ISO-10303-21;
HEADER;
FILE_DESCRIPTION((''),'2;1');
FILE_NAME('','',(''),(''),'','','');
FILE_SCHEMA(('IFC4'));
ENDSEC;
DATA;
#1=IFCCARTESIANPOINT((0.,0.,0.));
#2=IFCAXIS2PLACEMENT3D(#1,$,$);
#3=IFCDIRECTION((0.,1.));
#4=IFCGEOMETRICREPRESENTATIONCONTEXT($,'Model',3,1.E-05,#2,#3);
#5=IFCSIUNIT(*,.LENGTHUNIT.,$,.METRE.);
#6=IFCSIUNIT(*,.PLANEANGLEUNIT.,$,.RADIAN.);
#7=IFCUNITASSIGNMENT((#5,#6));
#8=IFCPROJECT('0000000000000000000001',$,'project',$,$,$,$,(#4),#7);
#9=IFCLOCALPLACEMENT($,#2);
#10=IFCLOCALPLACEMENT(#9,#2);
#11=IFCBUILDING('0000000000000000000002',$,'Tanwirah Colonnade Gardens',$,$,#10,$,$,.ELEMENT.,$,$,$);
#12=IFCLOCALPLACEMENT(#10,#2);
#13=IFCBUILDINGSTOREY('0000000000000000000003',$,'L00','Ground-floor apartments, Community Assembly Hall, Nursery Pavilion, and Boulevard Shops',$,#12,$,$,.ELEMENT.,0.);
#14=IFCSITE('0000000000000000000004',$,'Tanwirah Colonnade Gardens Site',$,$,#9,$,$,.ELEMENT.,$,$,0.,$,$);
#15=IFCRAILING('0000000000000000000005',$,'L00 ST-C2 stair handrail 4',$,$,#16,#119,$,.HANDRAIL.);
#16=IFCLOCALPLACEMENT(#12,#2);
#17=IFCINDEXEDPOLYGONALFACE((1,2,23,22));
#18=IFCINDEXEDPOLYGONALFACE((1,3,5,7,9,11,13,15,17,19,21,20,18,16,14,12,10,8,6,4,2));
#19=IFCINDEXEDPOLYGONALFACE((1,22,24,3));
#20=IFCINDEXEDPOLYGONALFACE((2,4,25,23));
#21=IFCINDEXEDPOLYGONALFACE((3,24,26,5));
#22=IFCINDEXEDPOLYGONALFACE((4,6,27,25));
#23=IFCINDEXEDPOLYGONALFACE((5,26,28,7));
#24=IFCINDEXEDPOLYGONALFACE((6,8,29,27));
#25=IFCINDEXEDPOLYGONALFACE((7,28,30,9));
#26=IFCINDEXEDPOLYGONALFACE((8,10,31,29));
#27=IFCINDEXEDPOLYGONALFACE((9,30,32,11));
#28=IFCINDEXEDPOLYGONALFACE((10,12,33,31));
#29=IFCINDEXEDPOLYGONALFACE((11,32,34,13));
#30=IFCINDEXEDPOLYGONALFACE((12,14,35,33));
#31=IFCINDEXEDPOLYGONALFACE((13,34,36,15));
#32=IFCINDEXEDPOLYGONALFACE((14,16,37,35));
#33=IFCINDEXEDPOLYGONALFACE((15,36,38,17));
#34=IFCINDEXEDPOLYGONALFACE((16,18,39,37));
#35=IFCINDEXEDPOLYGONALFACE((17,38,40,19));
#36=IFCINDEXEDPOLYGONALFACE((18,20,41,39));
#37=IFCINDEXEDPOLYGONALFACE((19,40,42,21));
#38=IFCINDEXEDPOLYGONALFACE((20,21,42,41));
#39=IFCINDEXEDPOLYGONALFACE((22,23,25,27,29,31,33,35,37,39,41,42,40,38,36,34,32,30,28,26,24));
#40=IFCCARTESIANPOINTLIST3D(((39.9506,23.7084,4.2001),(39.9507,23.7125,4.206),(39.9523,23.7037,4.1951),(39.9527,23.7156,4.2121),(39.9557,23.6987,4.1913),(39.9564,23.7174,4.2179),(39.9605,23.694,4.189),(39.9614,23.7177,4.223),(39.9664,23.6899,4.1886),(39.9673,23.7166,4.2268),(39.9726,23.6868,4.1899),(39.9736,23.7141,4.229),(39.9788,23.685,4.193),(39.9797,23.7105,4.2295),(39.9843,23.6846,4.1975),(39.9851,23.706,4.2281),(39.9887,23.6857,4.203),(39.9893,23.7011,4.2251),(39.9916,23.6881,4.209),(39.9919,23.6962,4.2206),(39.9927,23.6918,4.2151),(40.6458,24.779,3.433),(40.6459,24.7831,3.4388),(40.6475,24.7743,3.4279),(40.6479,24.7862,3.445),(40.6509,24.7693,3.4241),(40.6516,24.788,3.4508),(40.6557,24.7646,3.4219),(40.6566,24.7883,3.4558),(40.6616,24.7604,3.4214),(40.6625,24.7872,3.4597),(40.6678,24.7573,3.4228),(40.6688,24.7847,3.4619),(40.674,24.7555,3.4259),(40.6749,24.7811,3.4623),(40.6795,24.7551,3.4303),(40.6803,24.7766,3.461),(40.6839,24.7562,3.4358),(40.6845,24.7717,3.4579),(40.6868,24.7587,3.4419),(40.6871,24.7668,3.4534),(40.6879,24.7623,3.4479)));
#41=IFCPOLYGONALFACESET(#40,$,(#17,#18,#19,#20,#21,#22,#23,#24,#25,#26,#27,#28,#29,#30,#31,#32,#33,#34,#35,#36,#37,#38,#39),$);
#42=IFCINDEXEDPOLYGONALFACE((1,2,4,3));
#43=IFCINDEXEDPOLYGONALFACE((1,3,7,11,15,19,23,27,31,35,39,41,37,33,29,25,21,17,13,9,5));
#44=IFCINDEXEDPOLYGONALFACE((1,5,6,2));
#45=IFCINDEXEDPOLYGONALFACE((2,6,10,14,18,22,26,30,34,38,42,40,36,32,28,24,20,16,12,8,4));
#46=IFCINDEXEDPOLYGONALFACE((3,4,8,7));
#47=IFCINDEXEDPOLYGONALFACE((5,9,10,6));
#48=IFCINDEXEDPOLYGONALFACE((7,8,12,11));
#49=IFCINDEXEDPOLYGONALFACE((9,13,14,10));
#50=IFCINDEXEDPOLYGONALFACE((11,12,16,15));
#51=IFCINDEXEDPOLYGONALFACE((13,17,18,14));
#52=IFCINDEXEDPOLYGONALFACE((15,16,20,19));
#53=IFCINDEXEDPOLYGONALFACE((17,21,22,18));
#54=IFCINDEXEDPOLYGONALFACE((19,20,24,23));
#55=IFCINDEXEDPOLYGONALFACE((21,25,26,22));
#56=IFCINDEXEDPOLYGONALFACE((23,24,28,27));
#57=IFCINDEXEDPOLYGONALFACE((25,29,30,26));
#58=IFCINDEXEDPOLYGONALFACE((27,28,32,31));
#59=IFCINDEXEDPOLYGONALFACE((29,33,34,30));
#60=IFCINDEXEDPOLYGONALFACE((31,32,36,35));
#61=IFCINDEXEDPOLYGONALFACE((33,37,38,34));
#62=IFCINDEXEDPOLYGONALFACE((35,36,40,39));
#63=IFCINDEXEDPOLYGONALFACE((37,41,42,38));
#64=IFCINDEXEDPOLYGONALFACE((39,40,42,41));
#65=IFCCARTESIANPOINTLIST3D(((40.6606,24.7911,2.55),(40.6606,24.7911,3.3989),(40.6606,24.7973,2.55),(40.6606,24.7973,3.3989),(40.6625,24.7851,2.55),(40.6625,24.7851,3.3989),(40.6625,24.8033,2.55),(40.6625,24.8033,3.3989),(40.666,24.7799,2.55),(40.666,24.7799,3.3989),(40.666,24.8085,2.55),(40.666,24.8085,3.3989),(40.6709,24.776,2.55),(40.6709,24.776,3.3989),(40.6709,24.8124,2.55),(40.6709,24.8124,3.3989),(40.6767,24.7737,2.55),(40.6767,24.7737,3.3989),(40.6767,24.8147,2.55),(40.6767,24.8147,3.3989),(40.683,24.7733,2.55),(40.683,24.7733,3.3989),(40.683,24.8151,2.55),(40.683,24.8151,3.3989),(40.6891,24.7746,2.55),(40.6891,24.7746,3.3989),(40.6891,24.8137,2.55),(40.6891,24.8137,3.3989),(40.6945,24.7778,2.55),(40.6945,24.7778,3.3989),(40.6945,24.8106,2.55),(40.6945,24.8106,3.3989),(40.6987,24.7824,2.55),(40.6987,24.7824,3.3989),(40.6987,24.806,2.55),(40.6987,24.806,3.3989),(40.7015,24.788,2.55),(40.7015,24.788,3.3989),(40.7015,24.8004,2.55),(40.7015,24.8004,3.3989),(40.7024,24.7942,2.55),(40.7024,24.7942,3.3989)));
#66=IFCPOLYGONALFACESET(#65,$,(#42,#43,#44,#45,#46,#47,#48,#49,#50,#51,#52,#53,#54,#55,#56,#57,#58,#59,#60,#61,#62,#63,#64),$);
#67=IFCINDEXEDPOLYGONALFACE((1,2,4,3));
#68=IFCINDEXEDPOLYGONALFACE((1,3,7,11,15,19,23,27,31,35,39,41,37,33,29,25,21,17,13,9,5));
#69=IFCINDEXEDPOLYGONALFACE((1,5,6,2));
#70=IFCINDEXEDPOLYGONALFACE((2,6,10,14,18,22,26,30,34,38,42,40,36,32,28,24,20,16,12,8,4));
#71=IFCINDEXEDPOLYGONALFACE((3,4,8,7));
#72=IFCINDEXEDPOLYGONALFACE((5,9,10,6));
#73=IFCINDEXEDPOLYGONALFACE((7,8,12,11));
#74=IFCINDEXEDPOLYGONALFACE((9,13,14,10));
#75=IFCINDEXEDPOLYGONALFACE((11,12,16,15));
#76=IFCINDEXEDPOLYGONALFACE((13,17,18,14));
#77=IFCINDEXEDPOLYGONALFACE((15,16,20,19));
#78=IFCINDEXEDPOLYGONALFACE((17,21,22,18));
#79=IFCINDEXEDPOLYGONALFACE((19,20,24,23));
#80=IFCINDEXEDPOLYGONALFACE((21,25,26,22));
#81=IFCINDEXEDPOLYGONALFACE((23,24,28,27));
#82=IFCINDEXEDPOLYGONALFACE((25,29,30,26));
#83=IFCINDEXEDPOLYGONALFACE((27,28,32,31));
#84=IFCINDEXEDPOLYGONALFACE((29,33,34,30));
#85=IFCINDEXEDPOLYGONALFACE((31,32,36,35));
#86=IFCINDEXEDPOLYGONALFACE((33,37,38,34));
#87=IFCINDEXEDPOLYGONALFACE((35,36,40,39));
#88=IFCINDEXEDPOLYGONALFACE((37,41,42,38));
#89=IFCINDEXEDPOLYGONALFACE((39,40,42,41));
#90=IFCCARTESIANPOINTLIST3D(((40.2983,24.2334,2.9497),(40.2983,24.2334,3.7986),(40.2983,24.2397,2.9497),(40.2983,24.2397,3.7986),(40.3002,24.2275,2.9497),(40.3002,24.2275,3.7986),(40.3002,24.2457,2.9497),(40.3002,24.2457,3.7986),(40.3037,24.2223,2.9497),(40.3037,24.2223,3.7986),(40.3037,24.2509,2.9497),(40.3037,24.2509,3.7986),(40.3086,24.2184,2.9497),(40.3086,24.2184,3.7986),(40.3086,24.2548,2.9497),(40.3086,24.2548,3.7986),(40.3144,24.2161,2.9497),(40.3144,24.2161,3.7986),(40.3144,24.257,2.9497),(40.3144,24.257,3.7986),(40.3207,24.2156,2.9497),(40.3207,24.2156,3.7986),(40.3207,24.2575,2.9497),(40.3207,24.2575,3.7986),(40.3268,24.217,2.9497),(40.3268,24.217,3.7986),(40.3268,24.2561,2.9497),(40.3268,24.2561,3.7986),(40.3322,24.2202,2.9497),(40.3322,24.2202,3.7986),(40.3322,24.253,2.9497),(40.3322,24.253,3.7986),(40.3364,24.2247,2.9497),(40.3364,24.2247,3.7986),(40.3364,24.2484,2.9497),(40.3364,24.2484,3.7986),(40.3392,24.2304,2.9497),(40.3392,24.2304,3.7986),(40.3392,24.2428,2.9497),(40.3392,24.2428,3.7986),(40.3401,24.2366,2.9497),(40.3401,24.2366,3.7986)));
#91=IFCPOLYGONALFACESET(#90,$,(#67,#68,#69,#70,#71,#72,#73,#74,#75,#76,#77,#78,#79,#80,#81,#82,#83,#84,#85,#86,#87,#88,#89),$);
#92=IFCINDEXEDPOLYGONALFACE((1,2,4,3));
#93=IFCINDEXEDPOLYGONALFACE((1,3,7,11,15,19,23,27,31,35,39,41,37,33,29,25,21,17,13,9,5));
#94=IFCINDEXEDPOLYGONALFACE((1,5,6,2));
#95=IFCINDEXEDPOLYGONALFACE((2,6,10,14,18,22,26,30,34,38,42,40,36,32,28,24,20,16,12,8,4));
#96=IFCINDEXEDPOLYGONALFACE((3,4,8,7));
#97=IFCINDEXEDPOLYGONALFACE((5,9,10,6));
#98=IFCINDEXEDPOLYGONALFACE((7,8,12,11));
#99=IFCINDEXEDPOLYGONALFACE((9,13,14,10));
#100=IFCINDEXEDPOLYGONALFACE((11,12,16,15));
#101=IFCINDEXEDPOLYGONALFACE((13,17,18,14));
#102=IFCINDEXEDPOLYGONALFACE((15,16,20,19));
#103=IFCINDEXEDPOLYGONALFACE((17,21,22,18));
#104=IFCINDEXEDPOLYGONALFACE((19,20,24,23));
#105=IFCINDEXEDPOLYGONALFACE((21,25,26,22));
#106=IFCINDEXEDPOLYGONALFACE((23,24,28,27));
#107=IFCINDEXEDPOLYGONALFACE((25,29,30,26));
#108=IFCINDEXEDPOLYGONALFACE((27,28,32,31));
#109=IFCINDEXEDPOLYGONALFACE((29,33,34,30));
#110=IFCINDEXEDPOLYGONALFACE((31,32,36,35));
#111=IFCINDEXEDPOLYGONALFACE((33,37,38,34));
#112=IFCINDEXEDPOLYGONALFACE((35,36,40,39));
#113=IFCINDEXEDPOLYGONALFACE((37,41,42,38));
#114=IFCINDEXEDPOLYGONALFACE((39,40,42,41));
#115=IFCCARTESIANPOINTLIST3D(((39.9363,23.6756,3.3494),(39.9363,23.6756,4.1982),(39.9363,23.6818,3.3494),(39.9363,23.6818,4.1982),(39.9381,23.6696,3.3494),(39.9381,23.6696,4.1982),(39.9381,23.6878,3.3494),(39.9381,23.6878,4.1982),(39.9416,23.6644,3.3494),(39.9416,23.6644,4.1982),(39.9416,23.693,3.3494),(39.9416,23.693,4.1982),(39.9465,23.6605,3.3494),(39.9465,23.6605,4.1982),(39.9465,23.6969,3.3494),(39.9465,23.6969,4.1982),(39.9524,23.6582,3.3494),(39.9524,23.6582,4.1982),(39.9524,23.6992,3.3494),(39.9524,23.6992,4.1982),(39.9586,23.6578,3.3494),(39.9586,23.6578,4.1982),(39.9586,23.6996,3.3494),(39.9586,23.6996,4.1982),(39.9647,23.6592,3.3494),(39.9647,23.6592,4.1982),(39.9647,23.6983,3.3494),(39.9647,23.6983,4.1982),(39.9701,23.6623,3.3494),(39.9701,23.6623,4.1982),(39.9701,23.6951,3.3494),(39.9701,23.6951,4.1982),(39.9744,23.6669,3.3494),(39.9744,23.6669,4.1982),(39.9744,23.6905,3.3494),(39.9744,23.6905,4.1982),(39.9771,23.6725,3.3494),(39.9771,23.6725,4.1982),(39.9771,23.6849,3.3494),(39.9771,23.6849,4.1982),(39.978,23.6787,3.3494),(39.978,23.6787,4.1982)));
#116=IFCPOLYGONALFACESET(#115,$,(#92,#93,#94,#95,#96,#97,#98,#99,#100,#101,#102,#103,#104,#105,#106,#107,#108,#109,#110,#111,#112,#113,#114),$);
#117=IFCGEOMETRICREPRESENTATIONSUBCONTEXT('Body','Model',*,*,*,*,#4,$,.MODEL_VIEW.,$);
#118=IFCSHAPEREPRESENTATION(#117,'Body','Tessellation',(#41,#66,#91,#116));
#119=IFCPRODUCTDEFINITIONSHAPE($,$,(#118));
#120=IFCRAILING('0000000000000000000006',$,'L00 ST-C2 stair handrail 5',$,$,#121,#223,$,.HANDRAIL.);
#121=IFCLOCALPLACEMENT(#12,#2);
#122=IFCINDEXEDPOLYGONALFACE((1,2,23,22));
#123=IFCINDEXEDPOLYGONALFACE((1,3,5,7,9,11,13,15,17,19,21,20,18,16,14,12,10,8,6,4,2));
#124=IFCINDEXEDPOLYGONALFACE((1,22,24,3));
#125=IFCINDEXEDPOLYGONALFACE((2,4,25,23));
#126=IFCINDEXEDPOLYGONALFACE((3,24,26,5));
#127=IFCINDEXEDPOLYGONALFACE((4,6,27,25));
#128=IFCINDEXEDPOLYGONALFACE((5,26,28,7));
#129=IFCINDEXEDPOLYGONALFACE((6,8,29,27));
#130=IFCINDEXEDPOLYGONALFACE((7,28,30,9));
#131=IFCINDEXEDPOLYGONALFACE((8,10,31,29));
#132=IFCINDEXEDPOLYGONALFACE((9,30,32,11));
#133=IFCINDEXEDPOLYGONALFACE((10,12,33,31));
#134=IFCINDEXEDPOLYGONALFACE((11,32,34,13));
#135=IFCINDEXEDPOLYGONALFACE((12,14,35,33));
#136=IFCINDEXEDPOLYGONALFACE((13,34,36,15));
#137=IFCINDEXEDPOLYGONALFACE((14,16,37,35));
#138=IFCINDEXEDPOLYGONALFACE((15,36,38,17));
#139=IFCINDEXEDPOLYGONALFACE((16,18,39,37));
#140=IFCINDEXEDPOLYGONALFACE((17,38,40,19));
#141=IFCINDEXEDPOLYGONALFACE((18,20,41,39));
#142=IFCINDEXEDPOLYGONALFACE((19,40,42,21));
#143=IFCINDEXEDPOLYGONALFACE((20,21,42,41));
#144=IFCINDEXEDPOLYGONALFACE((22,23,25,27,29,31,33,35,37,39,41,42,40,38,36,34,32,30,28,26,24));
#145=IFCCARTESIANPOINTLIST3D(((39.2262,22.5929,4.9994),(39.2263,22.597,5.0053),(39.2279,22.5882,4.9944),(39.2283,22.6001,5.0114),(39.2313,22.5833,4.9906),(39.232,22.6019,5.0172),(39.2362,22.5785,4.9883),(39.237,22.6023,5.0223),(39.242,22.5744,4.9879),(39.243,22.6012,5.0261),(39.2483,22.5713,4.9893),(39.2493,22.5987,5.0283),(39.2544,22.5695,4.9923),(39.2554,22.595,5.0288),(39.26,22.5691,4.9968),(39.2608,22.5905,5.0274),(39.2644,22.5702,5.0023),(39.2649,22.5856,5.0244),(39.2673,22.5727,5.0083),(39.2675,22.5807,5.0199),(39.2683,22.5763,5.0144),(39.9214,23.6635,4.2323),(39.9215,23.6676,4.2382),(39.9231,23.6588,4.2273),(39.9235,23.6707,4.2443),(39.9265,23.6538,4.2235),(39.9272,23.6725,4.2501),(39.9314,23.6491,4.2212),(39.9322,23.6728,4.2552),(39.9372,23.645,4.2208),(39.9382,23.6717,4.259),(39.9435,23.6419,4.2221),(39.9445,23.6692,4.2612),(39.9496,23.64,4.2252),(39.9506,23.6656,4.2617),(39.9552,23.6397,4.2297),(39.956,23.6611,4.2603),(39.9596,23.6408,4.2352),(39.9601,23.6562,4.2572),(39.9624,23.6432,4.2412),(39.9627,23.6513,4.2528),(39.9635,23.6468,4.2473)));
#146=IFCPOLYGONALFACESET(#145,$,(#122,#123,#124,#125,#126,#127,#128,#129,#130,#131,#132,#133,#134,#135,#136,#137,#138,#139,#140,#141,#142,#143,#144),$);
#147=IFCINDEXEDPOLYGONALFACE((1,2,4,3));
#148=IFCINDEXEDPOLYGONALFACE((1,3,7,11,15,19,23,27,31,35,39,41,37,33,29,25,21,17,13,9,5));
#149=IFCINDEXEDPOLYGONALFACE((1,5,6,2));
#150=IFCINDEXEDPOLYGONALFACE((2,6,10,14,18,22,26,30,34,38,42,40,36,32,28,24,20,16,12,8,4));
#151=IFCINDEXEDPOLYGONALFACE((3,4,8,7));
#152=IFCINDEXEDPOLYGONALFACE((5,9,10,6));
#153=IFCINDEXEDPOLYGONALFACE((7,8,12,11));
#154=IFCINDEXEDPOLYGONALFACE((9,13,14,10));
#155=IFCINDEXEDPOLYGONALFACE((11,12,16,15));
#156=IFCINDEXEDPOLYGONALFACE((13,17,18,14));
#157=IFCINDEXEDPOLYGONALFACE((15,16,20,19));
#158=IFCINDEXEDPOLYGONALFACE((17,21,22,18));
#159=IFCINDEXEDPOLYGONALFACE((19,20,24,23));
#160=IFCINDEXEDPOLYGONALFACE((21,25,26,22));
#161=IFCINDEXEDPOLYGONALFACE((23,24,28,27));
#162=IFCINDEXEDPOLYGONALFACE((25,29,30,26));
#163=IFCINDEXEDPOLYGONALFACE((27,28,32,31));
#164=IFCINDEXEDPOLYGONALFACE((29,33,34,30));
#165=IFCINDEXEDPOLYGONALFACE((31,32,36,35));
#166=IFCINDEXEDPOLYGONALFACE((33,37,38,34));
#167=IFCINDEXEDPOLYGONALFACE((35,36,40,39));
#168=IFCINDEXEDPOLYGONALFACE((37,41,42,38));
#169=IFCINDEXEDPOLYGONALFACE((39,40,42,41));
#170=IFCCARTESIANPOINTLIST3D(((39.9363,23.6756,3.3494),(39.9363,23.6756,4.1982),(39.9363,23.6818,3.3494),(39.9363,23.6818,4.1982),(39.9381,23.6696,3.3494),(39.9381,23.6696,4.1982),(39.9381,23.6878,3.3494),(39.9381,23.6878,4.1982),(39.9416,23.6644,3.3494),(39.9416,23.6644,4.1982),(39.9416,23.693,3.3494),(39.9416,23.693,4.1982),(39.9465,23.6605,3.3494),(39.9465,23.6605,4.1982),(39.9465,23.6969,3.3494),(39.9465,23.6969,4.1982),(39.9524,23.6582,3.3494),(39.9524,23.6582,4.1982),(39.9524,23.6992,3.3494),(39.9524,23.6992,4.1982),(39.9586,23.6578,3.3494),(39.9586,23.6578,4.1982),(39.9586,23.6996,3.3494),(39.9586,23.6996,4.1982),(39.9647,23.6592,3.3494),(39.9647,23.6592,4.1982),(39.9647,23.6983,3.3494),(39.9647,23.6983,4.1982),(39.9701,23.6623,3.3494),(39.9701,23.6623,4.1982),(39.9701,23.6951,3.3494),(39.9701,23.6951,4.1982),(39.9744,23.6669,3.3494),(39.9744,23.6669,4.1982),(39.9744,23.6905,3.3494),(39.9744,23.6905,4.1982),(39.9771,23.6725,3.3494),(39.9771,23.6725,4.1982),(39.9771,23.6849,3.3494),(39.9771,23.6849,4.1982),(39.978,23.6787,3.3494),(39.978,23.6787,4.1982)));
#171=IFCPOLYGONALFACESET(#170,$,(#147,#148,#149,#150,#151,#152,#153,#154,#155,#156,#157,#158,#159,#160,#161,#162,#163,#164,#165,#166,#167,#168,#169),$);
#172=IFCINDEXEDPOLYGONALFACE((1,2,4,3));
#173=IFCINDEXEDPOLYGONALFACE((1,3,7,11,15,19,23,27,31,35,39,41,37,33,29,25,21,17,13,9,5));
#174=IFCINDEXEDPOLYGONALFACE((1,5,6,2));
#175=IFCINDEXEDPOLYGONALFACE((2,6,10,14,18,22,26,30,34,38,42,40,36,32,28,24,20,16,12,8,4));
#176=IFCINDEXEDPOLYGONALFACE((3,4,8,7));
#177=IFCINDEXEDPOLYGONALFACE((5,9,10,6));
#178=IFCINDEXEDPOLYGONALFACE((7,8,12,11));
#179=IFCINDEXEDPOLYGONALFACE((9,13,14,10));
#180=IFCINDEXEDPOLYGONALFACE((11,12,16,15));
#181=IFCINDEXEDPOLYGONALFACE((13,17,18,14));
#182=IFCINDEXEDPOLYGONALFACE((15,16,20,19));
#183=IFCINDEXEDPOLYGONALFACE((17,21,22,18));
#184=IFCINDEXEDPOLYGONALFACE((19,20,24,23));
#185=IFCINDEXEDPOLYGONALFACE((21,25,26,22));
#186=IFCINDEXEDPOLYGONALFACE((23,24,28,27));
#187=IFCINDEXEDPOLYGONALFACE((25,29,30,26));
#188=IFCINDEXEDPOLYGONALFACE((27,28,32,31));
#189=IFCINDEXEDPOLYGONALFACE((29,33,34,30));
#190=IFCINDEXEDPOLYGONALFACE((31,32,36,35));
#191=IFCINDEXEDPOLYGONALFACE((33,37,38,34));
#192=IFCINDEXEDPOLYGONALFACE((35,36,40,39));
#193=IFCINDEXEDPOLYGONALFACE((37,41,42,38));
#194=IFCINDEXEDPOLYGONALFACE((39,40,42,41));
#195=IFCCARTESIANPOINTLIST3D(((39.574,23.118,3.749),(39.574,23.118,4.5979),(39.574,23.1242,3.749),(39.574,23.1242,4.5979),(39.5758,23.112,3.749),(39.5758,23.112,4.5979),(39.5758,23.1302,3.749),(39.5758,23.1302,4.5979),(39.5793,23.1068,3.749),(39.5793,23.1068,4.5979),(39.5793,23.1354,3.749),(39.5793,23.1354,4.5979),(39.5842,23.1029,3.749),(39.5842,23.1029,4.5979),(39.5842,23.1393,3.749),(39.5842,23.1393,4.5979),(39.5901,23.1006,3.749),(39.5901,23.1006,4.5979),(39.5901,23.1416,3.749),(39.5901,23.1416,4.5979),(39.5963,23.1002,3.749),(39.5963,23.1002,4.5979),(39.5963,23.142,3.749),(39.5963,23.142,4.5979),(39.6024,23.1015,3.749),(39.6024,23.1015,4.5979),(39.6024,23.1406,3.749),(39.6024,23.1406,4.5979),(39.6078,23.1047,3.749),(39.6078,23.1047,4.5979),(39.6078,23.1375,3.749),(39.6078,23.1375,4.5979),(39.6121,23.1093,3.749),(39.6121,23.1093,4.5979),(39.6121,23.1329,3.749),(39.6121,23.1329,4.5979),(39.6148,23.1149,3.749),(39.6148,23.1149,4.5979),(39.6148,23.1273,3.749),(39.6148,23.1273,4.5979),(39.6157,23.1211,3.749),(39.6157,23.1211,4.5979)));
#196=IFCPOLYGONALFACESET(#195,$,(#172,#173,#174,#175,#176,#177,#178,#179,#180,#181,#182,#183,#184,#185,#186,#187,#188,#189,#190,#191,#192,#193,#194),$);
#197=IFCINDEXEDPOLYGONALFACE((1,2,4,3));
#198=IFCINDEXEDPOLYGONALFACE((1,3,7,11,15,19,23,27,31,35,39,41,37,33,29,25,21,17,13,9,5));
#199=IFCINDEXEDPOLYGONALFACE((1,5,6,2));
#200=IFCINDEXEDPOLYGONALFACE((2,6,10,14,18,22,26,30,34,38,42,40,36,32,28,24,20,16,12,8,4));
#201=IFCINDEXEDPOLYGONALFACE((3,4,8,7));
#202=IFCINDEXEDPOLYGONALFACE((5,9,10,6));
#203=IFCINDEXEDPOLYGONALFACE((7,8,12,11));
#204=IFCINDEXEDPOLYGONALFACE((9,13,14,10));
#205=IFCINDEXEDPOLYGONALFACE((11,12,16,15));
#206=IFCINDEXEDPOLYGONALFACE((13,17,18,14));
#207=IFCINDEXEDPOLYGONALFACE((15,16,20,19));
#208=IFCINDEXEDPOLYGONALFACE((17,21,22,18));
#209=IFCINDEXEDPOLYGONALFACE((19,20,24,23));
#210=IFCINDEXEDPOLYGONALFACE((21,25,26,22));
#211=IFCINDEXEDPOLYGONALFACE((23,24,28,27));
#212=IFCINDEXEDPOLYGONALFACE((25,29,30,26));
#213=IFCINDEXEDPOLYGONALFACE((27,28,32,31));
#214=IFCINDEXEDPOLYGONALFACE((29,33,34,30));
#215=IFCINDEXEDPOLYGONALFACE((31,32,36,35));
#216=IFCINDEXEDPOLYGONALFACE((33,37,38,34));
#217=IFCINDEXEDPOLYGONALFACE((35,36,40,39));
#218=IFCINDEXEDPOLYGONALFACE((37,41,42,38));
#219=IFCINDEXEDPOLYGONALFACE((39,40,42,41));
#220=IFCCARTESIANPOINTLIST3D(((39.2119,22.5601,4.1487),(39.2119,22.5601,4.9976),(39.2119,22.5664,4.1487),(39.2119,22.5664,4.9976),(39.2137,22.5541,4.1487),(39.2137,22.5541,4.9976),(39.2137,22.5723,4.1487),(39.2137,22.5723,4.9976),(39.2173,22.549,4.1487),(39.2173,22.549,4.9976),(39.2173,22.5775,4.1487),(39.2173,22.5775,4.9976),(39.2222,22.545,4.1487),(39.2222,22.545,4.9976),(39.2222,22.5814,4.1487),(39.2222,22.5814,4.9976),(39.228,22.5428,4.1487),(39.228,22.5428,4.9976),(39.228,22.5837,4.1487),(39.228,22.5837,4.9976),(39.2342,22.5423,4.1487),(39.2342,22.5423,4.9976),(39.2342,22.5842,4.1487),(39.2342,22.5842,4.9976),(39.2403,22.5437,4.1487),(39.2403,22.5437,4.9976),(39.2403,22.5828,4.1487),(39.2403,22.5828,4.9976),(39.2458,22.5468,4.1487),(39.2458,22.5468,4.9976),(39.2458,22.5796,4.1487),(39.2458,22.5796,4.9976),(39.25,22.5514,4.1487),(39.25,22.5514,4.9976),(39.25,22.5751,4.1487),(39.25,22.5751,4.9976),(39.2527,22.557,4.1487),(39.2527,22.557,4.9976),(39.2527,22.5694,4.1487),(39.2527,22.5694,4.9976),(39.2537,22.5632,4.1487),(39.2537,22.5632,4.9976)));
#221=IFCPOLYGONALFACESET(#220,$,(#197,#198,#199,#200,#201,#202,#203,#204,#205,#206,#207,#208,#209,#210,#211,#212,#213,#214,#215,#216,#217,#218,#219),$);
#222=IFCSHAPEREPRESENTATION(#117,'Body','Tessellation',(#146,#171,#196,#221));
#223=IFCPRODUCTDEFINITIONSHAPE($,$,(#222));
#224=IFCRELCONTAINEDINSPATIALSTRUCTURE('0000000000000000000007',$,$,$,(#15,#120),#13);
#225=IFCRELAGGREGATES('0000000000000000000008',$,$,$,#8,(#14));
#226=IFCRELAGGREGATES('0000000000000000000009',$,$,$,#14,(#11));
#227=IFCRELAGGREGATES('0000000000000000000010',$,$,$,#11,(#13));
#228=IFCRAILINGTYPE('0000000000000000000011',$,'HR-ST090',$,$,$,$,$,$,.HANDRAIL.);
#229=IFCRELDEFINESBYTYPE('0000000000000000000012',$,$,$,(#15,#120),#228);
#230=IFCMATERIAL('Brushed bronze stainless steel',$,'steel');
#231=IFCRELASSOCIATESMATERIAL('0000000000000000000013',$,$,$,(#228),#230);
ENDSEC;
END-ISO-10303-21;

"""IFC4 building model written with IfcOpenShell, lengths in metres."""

from ifc_helpers import new_model, si_unit, direction, frame, origin, origin_2d, place, context, subcontext, project, spatial, circle, extrude, material, type_object, element, save


model = new_model("IFC4")

# Units and contexts
model_context = context("Model", 3, precision=1e-05, world=origin(), true_north=direction((0.0, 1.0)))
body_context = subcontext(model_context, "Body", "Model", "MODEL_VIEW")
ifc_project = project(units=[si_unit("LENGTHUNIT", "METRE"), si_unit("PLANEANGLEUNIT", "RADIAN")], contexts=[model_context])

# Site, building, storey
site_placement = place(None, origin())
site = spatial("IfcSite", under=ifc_project, at=site_placement, Name="Tanwirah Colonnade Gardens Site", CompositionType="ELEMENT", RefElevation=0.0)
building_placement = place(site_placement, origin())
building = spatial("IfcBuilding", under=site, at=building_placement, Name="Tanwirah Colonnade Gardens", CompositionType="ELEMENT")
storey_placement = place(building_placement, origin())
storey = spatial("IfcBuildingStorey", under=building, at=storey_placement, Name="L00", Description="Ground-floor apartments, Community Assembly Hall, Nursery Pavilion, and Boulevard Shops", CompositionType="ELEMENT", Elevation=0.0)

# Railings
ifc_material_1 = material(Name="Brushed bronze stainless steel", Category="steel")
railing_type_1 = type_object("IfcRailingType", Name="HR-ST090", PredefinedType="HANDRAIL", material=ifc_material_1)
for number, where, name in (
    (1, (40.6814, 24.7942, 2.55), "L00 ST-C2 stair handrail 4"),
    (2, (39.957, 23.6787, 3.3494), "L00 ST-C2 stair handrail 5"),
):
    element("IfcRailing", number, at=place(storey_placement, frame(where)), inside=storey, type_object=railing_type_1, Name=name, PredefinedType="HANDRAIL", context=body_context, shape_type="SweptSolid", body=[
        extrude(circle(Radius=0.0239, at=origin_2d()), frame((-0.0146, -0.0225, 0.8918), z_axis=(-0.466808, -0.718856, 0.515109), x_axis=(0.838683, -0.544621, 0.0)), (0.0, 0.0, 1.0), 1.4893),
        extrude(circle(Radius=0.021, at=origin_2d()), origin(), (0.0, 0.0, 1.0), 0.8489),
        extrude(circle(Radius=0.021, at=origin_2d()), frame((-0.3623, -0.5576, 0.3997)), (0.0, 0.0, 1.0), 0.8489),
        extrude(circle(Radius=0.021, at=origin_2d()), frame((-0.7244, -1.1155, 0.7993)), (0.0, 0.0, 1.0), 0.8489),
    ])

save(model, "model.ifc")
